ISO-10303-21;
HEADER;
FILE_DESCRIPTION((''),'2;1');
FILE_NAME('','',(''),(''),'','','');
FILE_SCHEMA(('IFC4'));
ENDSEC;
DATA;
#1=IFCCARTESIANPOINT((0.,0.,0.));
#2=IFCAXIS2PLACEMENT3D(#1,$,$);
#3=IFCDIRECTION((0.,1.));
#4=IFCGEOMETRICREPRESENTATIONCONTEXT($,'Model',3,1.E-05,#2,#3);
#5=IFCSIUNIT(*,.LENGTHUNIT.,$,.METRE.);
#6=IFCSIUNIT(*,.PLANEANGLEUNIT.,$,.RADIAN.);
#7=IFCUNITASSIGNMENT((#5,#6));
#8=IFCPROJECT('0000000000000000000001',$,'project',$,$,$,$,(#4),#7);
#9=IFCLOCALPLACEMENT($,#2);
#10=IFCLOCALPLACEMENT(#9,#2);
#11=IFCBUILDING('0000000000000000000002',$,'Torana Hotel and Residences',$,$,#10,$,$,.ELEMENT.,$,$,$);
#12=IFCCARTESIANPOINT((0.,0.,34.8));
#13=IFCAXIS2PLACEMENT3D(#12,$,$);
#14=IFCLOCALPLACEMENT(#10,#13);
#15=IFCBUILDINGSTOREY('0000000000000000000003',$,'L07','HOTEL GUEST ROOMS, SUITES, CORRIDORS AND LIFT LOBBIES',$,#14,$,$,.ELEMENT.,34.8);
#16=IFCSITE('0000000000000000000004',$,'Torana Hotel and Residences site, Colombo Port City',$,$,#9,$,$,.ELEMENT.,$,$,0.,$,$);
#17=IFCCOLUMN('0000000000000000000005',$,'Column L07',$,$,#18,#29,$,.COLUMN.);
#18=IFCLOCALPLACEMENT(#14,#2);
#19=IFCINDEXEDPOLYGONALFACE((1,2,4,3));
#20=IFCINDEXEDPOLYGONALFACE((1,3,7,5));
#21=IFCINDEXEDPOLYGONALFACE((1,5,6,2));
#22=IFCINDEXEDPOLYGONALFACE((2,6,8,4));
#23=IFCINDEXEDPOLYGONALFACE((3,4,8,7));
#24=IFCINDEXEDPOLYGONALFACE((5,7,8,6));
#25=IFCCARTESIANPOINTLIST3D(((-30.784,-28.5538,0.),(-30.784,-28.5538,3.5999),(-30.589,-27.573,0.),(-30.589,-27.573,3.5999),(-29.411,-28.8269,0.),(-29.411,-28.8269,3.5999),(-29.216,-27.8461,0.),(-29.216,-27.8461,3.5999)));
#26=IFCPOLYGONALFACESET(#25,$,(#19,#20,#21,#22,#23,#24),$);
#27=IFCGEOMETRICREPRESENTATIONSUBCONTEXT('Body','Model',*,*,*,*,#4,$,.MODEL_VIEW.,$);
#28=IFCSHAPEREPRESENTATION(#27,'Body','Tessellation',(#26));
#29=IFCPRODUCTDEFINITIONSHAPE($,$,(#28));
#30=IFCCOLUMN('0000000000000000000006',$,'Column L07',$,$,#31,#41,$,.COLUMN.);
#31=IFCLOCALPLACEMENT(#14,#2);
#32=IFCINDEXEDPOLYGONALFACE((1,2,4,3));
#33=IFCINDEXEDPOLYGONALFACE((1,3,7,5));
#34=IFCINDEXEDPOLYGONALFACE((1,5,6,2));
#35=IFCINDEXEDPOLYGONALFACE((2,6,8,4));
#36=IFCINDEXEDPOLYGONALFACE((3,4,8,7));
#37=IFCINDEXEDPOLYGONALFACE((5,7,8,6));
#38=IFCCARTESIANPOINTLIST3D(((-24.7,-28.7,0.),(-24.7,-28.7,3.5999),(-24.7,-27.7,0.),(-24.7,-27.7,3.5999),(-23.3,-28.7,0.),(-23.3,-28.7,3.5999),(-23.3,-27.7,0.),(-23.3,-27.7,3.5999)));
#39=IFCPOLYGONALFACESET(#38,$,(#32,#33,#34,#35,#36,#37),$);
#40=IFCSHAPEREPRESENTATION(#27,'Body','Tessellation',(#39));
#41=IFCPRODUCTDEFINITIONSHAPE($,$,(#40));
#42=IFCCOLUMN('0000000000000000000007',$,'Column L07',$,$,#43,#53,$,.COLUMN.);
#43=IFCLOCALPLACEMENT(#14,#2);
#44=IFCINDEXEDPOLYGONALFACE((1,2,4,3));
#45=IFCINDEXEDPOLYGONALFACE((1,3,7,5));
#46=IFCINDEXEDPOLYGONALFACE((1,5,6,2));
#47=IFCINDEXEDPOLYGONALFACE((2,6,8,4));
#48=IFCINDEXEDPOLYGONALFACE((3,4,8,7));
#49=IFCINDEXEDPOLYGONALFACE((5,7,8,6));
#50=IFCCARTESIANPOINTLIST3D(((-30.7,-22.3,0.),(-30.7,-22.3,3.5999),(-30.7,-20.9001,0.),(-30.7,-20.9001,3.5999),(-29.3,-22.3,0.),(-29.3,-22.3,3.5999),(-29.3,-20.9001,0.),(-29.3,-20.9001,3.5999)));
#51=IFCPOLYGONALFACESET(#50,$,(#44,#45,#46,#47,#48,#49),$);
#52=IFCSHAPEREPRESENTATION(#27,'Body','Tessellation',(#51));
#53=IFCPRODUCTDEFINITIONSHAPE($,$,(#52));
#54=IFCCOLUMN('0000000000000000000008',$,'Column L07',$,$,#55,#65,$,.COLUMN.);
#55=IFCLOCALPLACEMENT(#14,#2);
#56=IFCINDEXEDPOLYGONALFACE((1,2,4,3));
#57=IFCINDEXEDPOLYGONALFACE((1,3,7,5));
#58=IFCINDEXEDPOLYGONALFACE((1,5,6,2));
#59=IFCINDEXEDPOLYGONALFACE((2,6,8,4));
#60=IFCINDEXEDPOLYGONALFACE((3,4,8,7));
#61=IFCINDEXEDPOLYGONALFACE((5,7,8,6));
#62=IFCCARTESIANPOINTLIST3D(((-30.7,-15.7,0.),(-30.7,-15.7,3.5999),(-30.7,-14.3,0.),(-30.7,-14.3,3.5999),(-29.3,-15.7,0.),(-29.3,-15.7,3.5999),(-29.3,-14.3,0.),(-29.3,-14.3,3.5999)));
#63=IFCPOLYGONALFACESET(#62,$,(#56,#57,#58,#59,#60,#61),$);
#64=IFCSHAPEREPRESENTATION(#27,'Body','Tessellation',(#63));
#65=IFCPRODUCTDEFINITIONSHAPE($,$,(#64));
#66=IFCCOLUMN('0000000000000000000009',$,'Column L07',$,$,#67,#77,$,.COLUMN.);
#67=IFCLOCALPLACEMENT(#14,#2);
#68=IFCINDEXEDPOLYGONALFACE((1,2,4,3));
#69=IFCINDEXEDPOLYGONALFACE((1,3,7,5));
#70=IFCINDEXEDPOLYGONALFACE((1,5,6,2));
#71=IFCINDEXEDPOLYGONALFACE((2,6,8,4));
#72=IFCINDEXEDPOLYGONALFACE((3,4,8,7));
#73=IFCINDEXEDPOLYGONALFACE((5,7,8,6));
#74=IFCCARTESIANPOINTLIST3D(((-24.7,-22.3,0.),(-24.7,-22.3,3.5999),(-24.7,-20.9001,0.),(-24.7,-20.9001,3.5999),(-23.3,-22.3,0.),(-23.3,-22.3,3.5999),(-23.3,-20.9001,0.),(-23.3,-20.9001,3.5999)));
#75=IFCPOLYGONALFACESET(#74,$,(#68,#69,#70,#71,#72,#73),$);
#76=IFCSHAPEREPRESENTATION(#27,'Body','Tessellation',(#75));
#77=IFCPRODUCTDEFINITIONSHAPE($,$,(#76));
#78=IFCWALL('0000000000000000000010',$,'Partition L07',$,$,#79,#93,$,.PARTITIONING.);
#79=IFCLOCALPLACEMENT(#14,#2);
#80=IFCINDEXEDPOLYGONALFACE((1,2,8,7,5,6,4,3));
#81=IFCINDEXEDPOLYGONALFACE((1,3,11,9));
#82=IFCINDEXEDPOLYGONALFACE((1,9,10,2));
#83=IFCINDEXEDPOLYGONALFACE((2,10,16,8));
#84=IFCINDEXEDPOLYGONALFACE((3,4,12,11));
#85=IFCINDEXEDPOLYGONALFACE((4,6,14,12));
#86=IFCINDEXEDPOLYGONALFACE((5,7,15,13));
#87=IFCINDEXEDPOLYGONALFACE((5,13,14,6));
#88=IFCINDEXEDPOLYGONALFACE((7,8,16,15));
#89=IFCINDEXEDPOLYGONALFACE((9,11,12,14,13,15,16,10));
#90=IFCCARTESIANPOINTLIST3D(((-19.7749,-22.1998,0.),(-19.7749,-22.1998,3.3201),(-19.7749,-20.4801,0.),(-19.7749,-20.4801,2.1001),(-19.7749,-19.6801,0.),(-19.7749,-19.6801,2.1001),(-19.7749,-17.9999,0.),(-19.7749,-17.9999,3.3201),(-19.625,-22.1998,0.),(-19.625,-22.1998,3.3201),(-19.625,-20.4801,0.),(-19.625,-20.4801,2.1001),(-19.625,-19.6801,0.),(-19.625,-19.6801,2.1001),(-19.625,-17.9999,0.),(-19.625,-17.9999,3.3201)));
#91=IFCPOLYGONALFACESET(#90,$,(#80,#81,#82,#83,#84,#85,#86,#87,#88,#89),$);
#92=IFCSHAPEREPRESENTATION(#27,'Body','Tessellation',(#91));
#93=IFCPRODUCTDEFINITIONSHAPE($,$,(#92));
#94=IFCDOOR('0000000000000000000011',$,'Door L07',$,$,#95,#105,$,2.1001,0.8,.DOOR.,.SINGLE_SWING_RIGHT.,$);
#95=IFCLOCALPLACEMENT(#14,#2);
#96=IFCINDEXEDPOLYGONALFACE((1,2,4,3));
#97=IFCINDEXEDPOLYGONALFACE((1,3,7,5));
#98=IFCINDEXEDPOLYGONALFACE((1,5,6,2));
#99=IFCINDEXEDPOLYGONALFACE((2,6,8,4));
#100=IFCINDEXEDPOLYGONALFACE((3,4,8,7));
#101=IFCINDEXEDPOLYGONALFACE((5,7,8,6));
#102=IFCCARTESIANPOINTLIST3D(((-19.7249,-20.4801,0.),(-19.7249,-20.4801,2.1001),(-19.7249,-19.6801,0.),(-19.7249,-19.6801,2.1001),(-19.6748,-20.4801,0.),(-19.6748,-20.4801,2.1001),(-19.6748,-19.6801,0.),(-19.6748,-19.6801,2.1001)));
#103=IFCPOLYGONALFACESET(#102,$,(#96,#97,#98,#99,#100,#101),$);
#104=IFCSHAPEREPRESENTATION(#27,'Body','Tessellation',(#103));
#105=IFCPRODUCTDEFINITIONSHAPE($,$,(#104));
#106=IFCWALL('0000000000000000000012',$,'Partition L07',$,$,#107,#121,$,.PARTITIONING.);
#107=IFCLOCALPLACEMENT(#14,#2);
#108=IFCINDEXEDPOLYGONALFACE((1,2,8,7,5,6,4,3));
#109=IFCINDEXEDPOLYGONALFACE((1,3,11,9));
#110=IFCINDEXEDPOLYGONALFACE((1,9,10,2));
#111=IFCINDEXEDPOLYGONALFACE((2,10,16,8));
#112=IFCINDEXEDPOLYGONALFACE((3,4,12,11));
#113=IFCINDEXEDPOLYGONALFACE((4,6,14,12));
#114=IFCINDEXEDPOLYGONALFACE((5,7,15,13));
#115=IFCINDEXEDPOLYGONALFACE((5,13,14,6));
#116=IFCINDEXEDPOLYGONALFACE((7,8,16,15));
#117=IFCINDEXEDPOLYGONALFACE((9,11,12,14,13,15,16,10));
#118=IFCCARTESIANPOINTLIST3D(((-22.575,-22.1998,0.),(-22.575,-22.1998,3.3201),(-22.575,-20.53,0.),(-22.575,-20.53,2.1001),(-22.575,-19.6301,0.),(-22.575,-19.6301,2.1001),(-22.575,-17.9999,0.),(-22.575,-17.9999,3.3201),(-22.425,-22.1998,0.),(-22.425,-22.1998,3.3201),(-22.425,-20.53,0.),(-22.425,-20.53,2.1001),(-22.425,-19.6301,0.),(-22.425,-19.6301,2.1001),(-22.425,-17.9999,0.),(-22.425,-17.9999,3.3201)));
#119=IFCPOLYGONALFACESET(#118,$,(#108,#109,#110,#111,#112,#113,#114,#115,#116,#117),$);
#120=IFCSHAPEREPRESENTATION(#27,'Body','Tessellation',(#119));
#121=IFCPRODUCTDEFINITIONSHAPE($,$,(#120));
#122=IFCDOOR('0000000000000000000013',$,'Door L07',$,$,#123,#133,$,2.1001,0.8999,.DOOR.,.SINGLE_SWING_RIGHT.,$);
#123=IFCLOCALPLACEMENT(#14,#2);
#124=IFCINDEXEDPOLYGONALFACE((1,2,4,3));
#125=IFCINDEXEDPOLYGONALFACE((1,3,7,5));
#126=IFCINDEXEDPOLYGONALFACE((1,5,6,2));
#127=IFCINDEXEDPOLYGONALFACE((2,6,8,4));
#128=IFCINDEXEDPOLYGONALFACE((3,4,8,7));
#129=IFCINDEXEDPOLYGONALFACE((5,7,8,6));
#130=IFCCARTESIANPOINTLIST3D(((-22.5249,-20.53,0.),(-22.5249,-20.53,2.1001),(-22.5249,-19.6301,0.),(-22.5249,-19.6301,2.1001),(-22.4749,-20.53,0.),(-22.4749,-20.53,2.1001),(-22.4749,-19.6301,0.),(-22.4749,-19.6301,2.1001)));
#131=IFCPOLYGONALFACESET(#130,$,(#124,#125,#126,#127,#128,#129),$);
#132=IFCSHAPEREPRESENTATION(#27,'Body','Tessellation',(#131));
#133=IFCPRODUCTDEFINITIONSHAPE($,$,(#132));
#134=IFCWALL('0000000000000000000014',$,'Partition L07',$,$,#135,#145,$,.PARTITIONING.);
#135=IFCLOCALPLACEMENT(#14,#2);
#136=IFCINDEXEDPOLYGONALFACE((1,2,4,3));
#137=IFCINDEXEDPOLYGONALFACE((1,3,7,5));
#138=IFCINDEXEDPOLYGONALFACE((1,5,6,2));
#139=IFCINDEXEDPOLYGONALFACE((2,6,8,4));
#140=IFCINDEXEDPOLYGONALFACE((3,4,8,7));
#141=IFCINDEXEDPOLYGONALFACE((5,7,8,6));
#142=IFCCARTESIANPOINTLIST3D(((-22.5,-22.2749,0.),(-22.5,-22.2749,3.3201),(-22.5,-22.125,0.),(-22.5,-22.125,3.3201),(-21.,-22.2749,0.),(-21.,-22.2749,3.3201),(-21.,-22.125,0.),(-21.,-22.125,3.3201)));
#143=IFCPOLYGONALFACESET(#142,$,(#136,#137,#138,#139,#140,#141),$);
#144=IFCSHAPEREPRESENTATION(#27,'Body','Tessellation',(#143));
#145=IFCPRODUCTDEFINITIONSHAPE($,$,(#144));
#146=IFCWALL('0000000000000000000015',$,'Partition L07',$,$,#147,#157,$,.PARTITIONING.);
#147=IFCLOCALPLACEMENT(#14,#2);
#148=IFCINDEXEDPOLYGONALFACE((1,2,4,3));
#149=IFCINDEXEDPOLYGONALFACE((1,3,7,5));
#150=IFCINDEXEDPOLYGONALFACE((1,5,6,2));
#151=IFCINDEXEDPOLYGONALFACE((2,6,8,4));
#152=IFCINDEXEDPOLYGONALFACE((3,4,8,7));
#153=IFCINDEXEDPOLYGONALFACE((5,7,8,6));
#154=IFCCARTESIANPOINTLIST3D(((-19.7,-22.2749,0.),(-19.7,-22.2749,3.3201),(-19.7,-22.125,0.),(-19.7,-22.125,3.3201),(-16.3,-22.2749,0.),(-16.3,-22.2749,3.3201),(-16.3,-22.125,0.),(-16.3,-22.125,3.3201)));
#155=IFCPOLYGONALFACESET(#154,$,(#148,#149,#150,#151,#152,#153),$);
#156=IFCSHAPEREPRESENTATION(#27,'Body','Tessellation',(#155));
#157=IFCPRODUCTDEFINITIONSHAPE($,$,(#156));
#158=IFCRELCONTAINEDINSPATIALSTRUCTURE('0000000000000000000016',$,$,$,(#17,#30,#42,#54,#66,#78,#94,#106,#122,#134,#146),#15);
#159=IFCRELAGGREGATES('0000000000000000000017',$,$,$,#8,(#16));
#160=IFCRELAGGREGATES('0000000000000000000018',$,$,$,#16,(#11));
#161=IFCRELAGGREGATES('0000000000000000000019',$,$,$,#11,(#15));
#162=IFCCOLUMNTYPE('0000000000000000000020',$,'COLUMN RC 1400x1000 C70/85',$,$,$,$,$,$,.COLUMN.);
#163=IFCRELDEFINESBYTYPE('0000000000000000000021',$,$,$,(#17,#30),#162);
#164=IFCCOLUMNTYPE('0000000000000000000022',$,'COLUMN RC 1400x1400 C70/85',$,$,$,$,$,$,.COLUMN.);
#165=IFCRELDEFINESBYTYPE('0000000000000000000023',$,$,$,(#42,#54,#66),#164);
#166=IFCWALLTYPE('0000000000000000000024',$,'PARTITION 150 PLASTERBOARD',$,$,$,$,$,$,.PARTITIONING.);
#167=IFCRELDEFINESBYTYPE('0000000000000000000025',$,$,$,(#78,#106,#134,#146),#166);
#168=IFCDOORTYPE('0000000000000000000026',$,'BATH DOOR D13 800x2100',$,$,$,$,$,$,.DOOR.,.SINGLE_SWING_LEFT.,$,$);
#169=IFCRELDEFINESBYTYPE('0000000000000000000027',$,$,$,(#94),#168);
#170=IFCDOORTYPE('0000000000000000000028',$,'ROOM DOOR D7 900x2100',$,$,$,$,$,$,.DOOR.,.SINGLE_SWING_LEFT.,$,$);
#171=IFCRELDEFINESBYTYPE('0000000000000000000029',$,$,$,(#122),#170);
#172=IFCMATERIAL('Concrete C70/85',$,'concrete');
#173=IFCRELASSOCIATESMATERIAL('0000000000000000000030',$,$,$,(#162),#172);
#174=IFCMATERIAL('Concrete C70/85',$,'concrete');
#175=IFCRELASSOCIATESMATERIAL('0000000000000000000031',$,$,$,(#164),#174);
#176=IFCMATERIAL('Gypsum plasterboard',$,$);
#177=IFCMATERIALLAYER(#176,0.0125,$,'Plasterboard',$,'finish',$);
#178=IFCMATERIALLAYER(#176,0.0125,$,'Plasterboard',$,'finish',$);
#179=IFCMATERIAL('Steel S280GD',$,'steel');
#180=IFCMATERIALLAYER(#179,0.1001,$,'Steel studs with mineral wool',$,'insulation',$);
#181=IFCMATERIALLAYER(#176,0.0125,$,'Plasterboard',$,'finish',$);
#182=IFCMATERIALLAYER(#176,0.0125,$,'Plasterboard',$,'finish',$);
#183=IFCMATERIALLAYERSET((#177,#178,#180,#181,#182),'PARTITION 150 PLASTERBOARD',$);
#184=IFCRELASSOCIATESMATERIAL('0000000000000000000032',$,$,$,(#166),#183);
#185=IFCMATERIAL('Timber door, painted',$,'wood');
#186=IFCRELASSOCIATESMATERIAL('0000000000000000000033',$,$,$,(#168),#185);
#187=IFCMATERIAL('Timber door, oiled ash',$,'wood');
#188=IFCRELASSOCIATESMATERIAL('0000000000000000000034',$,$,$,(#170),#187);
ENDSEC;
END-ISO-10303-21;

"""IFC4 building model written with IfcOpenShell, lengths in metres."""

from ifc_helpers import new_model, si_unit, direction, frame, frame_2d, origin, origin_2d, place, context, subcontext, project, spatial, rectangle, extrude, material, layer, layer_set, material_profile, profile_set, type_object, element, fill, save


model = new_model("IFC4")

# Units and contexts
model_context = context("Model", 3, precision=1e-05, world=origin(), true_north=direction((0.0, 1.0)))
body_context = subcontext(model_context, "Body", "Model", "MODEL_VIEW")
ifc_project = project(units=[si_unit("LENGTHUNIT", "METRE"), si_unit("PLANEANGLEUNIT", "RADIAN")], contexts=[model_context])

# Site, building, storey
site_placement = place(None, origin())
site = spatial("IfcSite", under=ifc_project, at=site_placement, Name="Torana Hotel and Residences site, Colombo Port City", CompositionType="ELEMENT", RefElevation=0.0)
building_placement = place(site_placement, origin())
building = spatial("IfcBuilding", under=site, at=building_placement, Name="Torana Hotel and Residences", CompositionType="ELEMENT")
storey_placement = place(building_placement, frame((0.0, 0.0, 34.8)))
storey = spatial("IfcBuildingStorey", under=building, at=storey_placement, Name="L07", Description="HOTEL GUEST ROOMS, SUITES, CORRIDORS AND LIFT LOBBIES", CompositionType="ELEMENT", Elevation=34.8)

# Columns
ifc_material_1 = material(Name="Concrete C70/85", Category="concrete")
ifc_material_profile_1 = material_profile(ifc_material_1, rectangle(XDim=1.3999, YDim=1.0, at=origin_2d()), Name="RC 1400x1000")
ifc_profile_set_1 = profile_set([ifc_material_profile_1], Name="Concrete C70/85")
column_type_1 = type_object("IfcColumnType", Name="COLUMN RC 1400x1000 C70/85", PredefinedType="COLUMN", material=ifc_profile_set_1)
for number, where, z_axis, x_axis, name in (
    (1, (-30.0, -28.2, 0.0), (0.0, 0.0, 1.0), (-0.980792, 0.195056, 0.0), "Column L07"),
    (2, (-24.0, -28.2, 0.0), (0.0, 0.0, 1.0), (1.0, 0.0, 0.0), "Column L07"),
):
    element("IfcColumn", number, at=place(storey_placement, frame(where, z_axis=z_axis, x_axis=x_axis)), inside=storey, type_object=column_type_1, Name=name, PredefinedType="COLUMN", context=body_context, shape_type="SweptSolid", body=[
        extrude(rectangle(XDim=1.3999, YDim=1.0, at=origin_2d()), origin(), (0.0, 0.0, 1.0), 3.5999),
    ])
ifc_material_2 = material(Name="Concrete C70/85", Category="concrete")
ifc_material_profile_2 = material_profile(ifc_material_2, rectangle(XDim=1.3999, YDim=1.3999, at=origin_2d()), Name="RC 1400x1400")
ifc_profile_set_2 = profile_set([ifc_material_profile_2], Name="Concrete C70/85")
column_type_2 = type_object("IfcColumnType", Name="COLUMN RC 1400x1400 C70/85", PredefinedType="COLUMN", material=ifc_profile_set_2)
for number, where, z_axis, x_axis, name in (
    (3, (-30.0, -21.6001, 0.0), (0.0, 0.0, 1.0), (1.0, 0.0, 0.0), "Column L07"),
    (4, (-30.0, -15.0, 0.0), (0.0, 0.0, 1.0), (1.0, 0.0, 0.0), "Column L07"),
    (5, (-24.0, -21.6001, 0.0), (0.0, 0.0, 1.0), (1.0, 0.0, 0.0), "Column L07"),
):
    element("IfcColumn", number, at=place(storey_placement, frame(where, z_axis=z_axis, x_axis=x_axis)), inside=storey, type_object=column_type_2, Name=name, PredefinedType="COLUMN", context=body_context, shape_type="SweptSolid", body=[
        extrude(rectangle(XDim=1.3999, YDim=1.3999, at=origin_2d()), origin(), (0.0, 0.0, 1.0), 3.5999),
    ])

# Walls, openings, doors
ifc_material_3 = material(Name="Gypsum plasterboard")
ifc_layer_1 = layer(ifc_material_3, 0.0125, Name="Plasterboard", Category="finish")
ifc_layer_2 = layer(ifc_material_3, 0.0125, Name="Plasterboard", Category="finish")
ifc_material_4 = material(Name="Steel S280GD", Category="steel")
ifc_layer_3 = layer(ifc_material_4, 0.1001, Name="Steel studs with mineral wool", Category="insulation")
ifc_layer_4 = layer(ifc_material_3, 0.0125, Name="Plasterboard", Category="finish")
ifc_layer_5 = layer(ifc_material_3, 0.0125, Name="Plasterboard", Category="finish")
ifc_layer_set = layer_set([ifc_layer_1, ifc_layer_2, ifc_layer_3, ifc_layer_4, ifc_layer_5], Name="PARTITION 150 PLASTERBOARD")
wall_type = type_object("IfcWallType", Name="PARTITION 150 PLASTERBOARD", PredefinedType="PARTITIONING", material=ifc_layer_set)
wall_1_placement = place(storey_placement, frame((-19.7, -22.2, 0.0), z_axis=(0.0, 0.0, 1.0), x_axis=(0.0, 1.0, 0.0)))
wall_1 = element("IfcWall", 6, at=wall_1_placement, inside=storey, type_object=wall_type, Name="Partition L07", PredefinedType="PARTITIONING", context=body_context, shape_type="SweptSolid", body=[
    extrude(rectangle(XDim=4.2, YDim=0.1499, at=frame_2d((2.1001, 0.0))), origin(), (0.0, 0.0, 1.0), 3.3201),
])
opening_1_placement = place(wall_1_placement, frame((1.72, 0.0, 0.0)))
opening_1 = element("IfcOpeningElement", 7, at=opening_1_placement, cuts=wall_1, PredefinedType="OPENING", context=body_context, shape_type="SweptSolid", body=[
    extrude(rectangle(XDim=0.8, YDim=2.1001, at=frame_2d((0.3999, 1.05))), frame((0.0, 0.085, 0.0), z_axis=(0.0, -1.0, 0.0), x_axis=(1.0, 0.0, 0.0)), (0.0, 0.0, 1.0), 0.1699),
])
ifc_material_5 = material(Name="Timber door, painted", Category="wood")
door_type_1 = type_object("IfcDoorType", Name="BATH DOOR D13 800x2100", OperationType="SINGLE_SWING_LEFT", PredefinedType="DOOR", material=ifc_material_5)
door_1_placement = place(opening_1_placement, origin())
door_1 = element("IfcDoor", 8, at=door_1_placement, inside=storey, type_object=door_type_1, Name="Door L07", OperationType="SINGLE_SWING_RIGHT", OverallHeight=2.1001, OverallWidth=0.8, PredefinedType="DOOR", context=body_context, shape_type="SweptSolid", body=[
    extrude(rectangle(XDim=0.8, YDim=2.1001, at=frame_2d((0.3999, 1.05))), frame((0.0, 0.0249, 0.0), z_axis=(0.0, -1.0, 0.0), x_axis=(1.0, 0.0, 0.0)), (0.0, 0.0, 1.0), 0.05),
])
fill(opening_1, door_1)
wall_2_placement = place(storey_placement, frame((-22.5, -22.2, 0.0), z_axis=(0.0, 0.0, 1.0), x_axis=(0.0, 1.0, 0.0)))
wall_2 = element("IfcWall", 9, at=wall_2_placement, inside=storey, type_object=wall_type, Name="Partition L07", PredefinedType="PARTITIONING", context=body_context, shape_type="SweptSolid", body=[
    extrude(rectangle(XDim=4.2, YDim=0.1499, at=frame_2d((2.1001, 0.0))), origin(), (0.0, 0.0, 1.0), 3.3201),
])
opening_2_placement = place(wall_2_placement, frame((1.6699, 0.0, 0.0)))
opening_2 = element("IfcOpeningElement", 10, at=opening_2_placement, cuts=wall_2, PredefinedType="OPENING", context=body_context, shape_type="SweptSolid", body=[
    extrude(rectangle(XDim=0.8999, YDim=2.1001, at=frame_2d((0.45, 1.05))), frame((0.0, 0.085, 0.0), z_axis=(0.0, -1.0, 0.0), x_axis=(1.0, 0.0, 0.0)), (0.0, 0.0, 1.0), 0.1699),
])
ifc_material_6 = material(Name="Timber door, oiled ash", Category="wood")
door_type_2 = type_object("IfcDoorType", Name="ROOM DOOR D7 900x2100", OperationType="SINGLE_SWING_LEFT", PredefinedType="DOOR", material=ifc_material_6)
door_2_placement = place(opening_2_placement, origin())
door_2 = element("IfcDoor", 11, at=door_2_placement, inside=storey, type_object=door_type_2, Name="Door L07", OperationType="SINGLE_SWING_RIGHT", OverallHeight=2.1001, OverallWidth=0.8999, PredefinedType="DOOR", context=body_context, shape_type="SweptSolid", body=[
    extrude(rectangle(XDim=0.8999, YDim=2.1001, at=frame_2d((0.45, 1.05))), frame((0.0, 0.0249, 0.0), z_axis=(0.0, -1.0, 0.0), x_axis=(1.0, 0.0, 0.0)), (0.0, 0.0, 1.0), 0.05),
])
fill(opening_2, door_2)

# Walls
wall_3_placement = place(storey_placement, frame((-22.5, -22.2, 0.0), z_axis=(0.0, 0.0, 1.0), x_axis=(1.0, 0.0, 0.0)))
element("IfcWall", 12, at=wall_3_placement, inside=storey, type_object=wall_type, Name="Partition L07", PredefinedType="PARTITIONING", context=body_context, shape_type="SweptSolid", body=[
    extrude(rectangle(XDim=1.5, YDim=0.1499, at=frame_2d((0.75, 0.0))), origin(), (0.0, 0.0, 1.0), 3.3201),
])
wall_4_placement = place(storey_placement, frame((-19.7, -22.2, 0.0), z_axis=(0.0, 0.0, 1.0), x_axis=(1.0, 0.0, 0.0)))
element("IfcWall", 13, at=wall_4_placement, inside=storey, type_object=wall_type, Name="Partition L07", PredefinedType="PARTITIONING", context=body_context, shape_type="SweptSolid", body=[
    extrude(rectangle(XDim=3.3999, YDim=0.1499, at=frame_2d((1.7, 0.0))), origin(), (0.0, 0.0, 1.0), 3.3201),
])

save(model, "model.ifc")
